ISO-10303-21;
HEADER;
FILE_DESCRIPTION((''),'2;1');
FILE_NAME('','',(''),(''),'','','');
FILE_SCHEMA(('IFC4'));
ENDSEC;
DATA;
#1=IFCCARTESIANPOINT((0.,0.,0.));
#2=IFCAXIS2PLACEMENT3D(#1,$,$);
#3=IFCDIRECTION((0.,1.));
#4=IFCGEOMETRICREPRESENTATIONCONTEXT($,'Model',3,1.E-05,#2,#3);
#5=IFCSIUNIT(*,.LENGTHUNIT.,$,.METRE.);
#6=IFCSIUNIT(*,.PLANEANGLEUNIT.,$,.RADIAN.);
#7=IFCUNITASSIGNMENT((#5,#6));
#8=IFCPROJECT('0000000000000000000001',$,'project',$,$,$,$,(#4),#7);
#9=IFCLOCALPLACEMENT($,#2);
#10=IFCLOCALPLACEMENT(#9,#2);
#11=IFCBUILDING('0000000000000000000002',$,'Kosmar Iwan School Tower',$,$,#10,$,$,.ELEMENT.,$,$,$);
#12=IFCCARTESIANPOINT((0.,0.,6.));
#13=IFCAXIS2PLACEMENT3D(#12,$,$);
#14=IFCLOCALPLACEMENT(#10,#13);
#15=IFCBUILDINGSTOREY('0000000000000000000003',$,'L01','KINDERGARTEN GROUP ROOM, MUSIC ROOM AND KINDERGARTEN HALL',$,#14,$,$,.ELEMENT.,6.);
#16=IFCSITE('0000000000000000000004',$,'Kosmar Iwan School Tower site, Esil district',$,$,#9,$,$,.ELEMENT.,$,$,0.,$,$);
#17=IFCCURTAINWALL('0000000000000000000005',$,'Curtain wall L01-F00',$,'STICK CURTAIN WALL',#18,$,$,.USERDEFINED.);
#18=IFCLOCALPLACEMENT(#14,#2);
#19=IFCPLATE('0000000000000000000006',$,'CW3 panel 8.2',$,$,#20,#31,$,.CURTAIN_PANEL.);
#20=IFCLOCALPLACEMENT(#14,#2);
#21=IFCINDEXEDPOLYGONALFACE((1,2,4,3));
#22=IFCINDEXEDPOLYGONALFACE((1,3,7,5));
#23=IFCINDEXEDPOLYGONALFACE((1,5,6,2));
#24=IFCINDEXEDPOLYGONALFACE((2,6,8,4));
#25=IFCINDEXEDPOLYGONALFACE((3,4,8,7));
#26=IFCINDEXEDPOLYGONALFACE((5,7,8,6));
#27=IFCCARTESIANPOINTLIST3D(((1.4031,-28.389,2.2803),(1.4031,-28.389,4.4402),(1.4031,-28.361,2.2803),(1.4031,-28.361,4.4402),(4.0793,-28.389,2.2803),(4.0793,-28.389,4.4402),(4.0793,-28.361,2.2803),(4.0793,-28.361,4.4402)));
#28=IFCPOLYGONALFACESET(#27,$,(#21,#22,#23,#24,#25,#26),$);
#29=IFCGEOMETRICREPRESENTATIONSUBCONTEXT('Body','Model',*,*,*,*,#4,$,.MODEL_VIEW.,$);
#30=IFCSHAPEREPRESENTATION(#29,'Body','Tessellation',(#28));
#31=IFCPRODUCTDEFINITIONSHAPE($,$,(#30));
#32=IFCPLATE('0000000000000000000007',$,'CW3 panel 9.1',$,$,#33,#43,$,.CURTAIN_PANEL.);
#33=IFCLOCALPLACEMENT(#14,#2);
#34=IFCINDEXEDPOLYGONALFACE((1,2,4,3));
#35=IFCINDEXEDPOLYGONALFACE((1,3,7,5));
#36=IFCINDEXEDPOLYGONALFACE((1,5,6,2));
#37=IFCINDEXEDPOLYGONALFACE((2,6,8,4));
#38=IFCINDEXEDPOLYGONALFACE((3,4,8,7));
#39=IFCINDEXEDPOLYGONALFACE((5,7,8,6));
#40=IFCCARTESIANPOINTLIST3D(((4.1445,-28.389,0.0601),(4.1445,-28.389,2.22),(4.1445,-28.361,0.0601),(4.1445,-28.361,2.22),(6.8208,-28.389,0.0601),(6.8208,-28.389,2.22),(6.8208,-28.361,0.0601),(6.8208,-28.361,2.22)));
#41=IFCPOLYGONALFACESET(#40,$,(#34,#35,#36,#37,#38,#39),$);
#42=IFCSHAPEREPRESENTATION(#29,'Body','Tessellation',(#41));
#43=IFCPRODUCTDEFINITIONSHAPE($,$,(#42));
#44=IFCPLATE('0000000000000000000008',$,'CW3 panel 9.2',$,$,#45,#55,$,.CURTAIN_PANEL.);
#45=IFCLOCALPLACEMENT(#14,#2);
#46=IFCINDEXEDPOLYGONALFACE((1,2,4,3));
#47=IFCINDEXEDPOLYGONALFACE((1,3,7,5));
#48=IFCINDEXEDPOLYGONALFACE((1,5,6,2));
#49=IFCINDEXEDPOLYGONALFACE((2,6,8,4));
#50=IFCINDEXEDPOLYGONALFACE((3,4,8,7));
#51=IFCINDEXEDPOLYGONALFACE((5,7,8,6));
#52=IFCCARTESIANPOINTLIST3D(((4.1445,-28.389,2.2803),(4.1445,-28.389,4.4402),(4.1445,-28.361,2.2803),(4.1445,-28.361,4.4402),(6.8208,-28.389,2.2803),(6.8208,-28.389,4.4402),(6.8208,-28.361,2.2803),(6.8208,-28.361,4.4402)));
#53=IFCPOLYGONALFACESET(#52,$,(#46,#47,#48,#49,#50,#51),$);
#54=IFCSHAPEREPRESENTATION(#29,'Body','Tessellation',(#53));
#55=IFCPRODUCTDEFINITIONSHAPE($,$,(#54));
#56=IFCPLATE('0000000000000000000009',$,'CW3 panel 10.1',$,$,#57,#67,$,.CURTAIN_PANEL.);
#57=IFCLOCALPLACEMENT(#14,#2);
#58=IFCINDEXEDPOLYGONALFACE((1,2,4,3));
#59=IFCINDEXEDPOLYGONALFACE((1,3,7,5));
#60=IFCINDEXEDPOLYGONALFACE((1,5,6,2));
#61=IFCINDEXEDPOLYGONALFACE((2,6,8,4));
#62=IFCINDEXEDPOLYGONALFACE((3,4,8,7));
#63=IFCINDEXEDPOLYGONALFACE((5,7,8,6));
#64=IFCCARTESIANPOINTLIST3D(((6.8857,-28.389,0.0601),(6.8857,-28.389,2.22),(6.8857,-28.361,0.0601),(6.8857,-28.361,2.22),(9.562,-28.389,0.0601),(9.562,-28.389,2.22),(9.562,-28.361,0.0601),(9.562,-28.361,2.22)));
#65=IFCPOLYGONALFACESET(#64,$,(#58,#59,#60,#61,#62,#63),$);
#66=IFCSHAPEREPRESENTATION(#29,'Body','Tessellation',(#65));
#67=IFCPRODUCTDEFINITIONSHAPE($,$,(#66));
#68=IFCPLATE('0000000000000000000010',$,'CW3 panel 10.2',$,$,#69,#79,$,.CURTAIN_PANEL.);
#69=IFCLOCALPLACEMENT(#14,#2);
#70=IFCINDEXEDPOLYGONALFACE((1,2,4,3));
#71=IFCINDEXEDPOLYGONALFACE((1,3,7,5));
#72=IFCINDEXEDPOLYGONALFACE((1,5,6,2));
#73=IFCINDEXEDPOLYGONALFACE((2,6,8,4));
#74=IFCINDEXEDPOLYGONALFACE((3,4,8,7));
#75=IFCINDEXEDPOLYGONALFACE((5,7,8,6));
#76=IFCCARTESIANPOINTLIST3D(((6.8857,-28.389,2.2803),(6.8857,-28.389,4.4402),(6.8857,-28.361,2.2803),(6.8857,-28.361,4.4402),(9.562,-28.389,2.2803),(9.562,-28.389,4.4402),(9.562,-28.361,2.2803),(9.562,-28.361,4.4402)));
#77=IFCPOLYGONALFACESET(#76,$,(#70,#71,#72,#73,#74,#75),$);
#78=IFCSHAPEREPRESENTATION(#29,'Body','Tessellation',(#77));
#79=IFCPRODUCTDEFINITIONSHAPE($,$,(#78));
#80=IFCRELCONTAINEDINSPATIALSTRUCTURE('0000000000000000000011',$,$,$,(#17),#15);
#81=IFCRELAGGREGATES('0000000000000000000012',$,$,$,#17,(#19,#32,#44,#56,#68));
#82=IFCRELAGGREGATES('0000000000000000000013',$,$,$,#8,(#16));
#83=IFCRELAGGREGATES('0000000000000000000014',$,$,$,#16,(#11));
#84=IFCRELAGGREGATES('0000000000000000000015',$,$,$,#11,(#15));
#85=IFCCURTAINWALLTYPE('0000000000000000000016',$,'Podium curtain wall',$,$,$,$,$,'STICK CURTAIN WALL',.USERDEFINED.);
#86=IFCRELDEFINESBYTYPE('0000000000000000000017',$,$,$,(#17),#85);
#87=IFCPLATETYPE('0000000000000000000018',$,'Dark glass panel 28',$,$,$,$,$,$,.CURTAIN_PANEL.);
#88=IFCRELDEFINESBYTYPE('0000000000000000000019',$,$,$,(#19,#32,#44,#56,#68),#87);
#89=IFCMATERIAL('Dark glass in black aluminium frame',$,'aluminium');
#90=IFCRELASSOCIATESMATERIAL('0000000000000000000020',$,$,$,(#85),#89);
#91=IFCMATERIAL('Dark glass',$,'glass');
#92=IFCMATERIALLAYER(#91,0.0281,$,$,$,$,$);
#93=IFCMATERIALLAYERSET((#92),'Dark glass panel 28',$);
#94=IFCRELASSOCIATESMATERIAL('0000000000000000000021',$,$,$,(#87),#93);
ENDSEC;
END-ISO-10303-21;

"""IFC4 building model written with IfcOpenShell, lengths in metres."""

from ifc_helpers import new_model, si_unit, direction, frame, origin, origin_2d, place, context, subcontext, project, spatial, rectangle, extrude, material, layer, layer_set, type_object, element, aggregate, save


model = new_model("IFC4")

# Units and contexts
model_context = context("Model", 3, precision=1e-05, world=origin(), true_north=direction((0.0, 1.0)))
body_context = subcontext(model_context, "Body", "Model", "MODEL_VIEW")
ifc_project = project(units=[si_unit("LENGTHUNIT", "METRE"), si_unit("PLANEANGLEUNIT", "RADIAN")], contexts=[model_context])

# Site, building, storey
site_placement = place(None, origin())
site = spatial("IfcSite", under=ifc_project, at=site_placement, Name="Kosmar Iwan School Tower site, Esil district", CompositionType="ELEMENT", RefElevation=0.0)
building_placement = place(site_placement, origin())
building = spatial("IfcBuilding", under=site, at=building_placement, Name="Kosmar Iwan School Tower", CompositionType="ELEMENT")
storey_placement = place(building_placement, frame((0.0, 0.0, 6.0)))
storey = spatial("IfcBuildingStorey", under=building, at=storey_placement, Name="L01", Description="KINDERGARTEN GROUP ROOM, MUSIC ROOM AND KINDERGARTEN HALL", CompositionType="ELEMENT", Elevation=6.0)

# Curtain wall, plates
ifc_material_1 = material(Name="Dark glass in black aluminium frame", Category="aluminium")
curtain_wall_type = type_object("IfcCurtainWallType", Name="Podium curtain wall", ElementType="STICK CURTAIN WALL", PredefinedType="USERDEFINED", material=ifc_material_1)
curtain_wall_placement = place(storey_placement, origin())
curtain_wall = element("IfcCurtainWall", 1, at=curtain_wall_placement, inside=storey, type_object=curtain_wall_type, Name="Curtain wall L01-F00", ObjectType="STICK CURTAIN WALL", PredefinedType="USERDEFINED")
ifc_material_2 = material(Name="Dark glass", Category="glass")
ifc_layer = layer(ifc_material_2, 0.0281)
ifc_layer_set = layer_set([ifc_layer], Name="Dark glass panel 28")
plate_type = type_object("IfcPlateType", Name="Dark glass panel 28", PredefinedType="CURTAIN_PANEL", material=ifc_layer_set)
plate_1_placement = place(storey_placement, frame((2.7412, -28.375, 2.2803), z_axis=(0.0, 0.0, 1.0), x_axis=(1.0, 0.0, 0.0)))
plate_1 = element("IfcPlate", 2, at=plate_1_placement, type_object=plate_type, Name="CW3 panel 8.2", PredefinedType="CURTAIN_PANEL", context=body_context, shape_type="SweptSolid", body=[
    extrude(rectangle(XDim=2.6763, YDim=0.0281, at=origin_2d()), origin(), (0.0, 0.0, 1.0), 2.1599),
])
plate_2_placement = place(storey_placement, frame((5.4827, -28.375, 0.0601), z_axis=(0.0, 0.0, 1.0), x_axis=(1.0, 0.0, 0.0)))
plate_2 = element("IfcPlate", 3, at=plate_2_placement, type_object=plate_type, Name="CW3 panel 9.1", PredefinedType="CURTAIN_PANEL", context=body_context, shape_type="SweptSolid", body=[
    extrude(rectangle(XDim=2.6763, YDim=0.0281, at=origin_2d()), origin(), (0.0, 0.0, 1.0), 2.1599),
])
plate_3_placement = place(storey_placement, frame((5.4827, -28.375, 2.2803), z_axis=(0.0, 0.0, 1.0), x_axis=(1.0, 0.0, 0.0)))
plate_3 = element("IfcPlate", 4, at=plate_3_placement, type_object=plate_type, Name="CW3 panel 9.2", PredefinedType="CURTAIN_PANEL", context=body_context, shape_type="SweptSolid", body=[
    extrude(rectangle(XDim=2.6763, YDim=0.0281, at=origin_2d()), origin(), (0.0, 0.0, 1.0), 2.1599),
])
plate_4_placement = place(storey_placement, frame((8.2239, -28.375, 0.0601), z_axis=(0.0, 0.0, 1.0), x_axis=(1.0, 0.0, 0.0)))
plate_4 = element("IfcPlate", 5, at=plate_4_placement, type_object=plate_type, Name="CW3 panel 10.1", PredefinedType="CURTAIN_PANEL", context=body_context, shape_type="SweptSolid", body=[
    extrude(rectangle(XDim=2.6763, YDim=0.0281, at=origin_2d()), origin(), (0.0, 0.0, 1.0), 2.1599),
])
plate_5_placement = place(storey_placement, frame((8.2239, -28.375, 2.2803), z_axis=(0.0, 0.0, 1.0), x_axis=(1.0, 0.0, 0.0)))
plate_5 = element("IfcPlate", 6, at=plate_5_placement, type_object=plate_type, Name="CW3 panel 10.2", PredefinedType="CURTAIN_PANEL", context=body_context, shape_type="SweptSolid", body=[
    extrude(rectangle(XDim=2.6763, YDim=0.0281, at=origin_2d()), origin(), (0.0, 0.0, 1.0), 2.1599),
])
aggregate(curtain_wall, [plate_1, plate_2, plate_3, plate_4, plate_5])

save(model, "model.ifc")
